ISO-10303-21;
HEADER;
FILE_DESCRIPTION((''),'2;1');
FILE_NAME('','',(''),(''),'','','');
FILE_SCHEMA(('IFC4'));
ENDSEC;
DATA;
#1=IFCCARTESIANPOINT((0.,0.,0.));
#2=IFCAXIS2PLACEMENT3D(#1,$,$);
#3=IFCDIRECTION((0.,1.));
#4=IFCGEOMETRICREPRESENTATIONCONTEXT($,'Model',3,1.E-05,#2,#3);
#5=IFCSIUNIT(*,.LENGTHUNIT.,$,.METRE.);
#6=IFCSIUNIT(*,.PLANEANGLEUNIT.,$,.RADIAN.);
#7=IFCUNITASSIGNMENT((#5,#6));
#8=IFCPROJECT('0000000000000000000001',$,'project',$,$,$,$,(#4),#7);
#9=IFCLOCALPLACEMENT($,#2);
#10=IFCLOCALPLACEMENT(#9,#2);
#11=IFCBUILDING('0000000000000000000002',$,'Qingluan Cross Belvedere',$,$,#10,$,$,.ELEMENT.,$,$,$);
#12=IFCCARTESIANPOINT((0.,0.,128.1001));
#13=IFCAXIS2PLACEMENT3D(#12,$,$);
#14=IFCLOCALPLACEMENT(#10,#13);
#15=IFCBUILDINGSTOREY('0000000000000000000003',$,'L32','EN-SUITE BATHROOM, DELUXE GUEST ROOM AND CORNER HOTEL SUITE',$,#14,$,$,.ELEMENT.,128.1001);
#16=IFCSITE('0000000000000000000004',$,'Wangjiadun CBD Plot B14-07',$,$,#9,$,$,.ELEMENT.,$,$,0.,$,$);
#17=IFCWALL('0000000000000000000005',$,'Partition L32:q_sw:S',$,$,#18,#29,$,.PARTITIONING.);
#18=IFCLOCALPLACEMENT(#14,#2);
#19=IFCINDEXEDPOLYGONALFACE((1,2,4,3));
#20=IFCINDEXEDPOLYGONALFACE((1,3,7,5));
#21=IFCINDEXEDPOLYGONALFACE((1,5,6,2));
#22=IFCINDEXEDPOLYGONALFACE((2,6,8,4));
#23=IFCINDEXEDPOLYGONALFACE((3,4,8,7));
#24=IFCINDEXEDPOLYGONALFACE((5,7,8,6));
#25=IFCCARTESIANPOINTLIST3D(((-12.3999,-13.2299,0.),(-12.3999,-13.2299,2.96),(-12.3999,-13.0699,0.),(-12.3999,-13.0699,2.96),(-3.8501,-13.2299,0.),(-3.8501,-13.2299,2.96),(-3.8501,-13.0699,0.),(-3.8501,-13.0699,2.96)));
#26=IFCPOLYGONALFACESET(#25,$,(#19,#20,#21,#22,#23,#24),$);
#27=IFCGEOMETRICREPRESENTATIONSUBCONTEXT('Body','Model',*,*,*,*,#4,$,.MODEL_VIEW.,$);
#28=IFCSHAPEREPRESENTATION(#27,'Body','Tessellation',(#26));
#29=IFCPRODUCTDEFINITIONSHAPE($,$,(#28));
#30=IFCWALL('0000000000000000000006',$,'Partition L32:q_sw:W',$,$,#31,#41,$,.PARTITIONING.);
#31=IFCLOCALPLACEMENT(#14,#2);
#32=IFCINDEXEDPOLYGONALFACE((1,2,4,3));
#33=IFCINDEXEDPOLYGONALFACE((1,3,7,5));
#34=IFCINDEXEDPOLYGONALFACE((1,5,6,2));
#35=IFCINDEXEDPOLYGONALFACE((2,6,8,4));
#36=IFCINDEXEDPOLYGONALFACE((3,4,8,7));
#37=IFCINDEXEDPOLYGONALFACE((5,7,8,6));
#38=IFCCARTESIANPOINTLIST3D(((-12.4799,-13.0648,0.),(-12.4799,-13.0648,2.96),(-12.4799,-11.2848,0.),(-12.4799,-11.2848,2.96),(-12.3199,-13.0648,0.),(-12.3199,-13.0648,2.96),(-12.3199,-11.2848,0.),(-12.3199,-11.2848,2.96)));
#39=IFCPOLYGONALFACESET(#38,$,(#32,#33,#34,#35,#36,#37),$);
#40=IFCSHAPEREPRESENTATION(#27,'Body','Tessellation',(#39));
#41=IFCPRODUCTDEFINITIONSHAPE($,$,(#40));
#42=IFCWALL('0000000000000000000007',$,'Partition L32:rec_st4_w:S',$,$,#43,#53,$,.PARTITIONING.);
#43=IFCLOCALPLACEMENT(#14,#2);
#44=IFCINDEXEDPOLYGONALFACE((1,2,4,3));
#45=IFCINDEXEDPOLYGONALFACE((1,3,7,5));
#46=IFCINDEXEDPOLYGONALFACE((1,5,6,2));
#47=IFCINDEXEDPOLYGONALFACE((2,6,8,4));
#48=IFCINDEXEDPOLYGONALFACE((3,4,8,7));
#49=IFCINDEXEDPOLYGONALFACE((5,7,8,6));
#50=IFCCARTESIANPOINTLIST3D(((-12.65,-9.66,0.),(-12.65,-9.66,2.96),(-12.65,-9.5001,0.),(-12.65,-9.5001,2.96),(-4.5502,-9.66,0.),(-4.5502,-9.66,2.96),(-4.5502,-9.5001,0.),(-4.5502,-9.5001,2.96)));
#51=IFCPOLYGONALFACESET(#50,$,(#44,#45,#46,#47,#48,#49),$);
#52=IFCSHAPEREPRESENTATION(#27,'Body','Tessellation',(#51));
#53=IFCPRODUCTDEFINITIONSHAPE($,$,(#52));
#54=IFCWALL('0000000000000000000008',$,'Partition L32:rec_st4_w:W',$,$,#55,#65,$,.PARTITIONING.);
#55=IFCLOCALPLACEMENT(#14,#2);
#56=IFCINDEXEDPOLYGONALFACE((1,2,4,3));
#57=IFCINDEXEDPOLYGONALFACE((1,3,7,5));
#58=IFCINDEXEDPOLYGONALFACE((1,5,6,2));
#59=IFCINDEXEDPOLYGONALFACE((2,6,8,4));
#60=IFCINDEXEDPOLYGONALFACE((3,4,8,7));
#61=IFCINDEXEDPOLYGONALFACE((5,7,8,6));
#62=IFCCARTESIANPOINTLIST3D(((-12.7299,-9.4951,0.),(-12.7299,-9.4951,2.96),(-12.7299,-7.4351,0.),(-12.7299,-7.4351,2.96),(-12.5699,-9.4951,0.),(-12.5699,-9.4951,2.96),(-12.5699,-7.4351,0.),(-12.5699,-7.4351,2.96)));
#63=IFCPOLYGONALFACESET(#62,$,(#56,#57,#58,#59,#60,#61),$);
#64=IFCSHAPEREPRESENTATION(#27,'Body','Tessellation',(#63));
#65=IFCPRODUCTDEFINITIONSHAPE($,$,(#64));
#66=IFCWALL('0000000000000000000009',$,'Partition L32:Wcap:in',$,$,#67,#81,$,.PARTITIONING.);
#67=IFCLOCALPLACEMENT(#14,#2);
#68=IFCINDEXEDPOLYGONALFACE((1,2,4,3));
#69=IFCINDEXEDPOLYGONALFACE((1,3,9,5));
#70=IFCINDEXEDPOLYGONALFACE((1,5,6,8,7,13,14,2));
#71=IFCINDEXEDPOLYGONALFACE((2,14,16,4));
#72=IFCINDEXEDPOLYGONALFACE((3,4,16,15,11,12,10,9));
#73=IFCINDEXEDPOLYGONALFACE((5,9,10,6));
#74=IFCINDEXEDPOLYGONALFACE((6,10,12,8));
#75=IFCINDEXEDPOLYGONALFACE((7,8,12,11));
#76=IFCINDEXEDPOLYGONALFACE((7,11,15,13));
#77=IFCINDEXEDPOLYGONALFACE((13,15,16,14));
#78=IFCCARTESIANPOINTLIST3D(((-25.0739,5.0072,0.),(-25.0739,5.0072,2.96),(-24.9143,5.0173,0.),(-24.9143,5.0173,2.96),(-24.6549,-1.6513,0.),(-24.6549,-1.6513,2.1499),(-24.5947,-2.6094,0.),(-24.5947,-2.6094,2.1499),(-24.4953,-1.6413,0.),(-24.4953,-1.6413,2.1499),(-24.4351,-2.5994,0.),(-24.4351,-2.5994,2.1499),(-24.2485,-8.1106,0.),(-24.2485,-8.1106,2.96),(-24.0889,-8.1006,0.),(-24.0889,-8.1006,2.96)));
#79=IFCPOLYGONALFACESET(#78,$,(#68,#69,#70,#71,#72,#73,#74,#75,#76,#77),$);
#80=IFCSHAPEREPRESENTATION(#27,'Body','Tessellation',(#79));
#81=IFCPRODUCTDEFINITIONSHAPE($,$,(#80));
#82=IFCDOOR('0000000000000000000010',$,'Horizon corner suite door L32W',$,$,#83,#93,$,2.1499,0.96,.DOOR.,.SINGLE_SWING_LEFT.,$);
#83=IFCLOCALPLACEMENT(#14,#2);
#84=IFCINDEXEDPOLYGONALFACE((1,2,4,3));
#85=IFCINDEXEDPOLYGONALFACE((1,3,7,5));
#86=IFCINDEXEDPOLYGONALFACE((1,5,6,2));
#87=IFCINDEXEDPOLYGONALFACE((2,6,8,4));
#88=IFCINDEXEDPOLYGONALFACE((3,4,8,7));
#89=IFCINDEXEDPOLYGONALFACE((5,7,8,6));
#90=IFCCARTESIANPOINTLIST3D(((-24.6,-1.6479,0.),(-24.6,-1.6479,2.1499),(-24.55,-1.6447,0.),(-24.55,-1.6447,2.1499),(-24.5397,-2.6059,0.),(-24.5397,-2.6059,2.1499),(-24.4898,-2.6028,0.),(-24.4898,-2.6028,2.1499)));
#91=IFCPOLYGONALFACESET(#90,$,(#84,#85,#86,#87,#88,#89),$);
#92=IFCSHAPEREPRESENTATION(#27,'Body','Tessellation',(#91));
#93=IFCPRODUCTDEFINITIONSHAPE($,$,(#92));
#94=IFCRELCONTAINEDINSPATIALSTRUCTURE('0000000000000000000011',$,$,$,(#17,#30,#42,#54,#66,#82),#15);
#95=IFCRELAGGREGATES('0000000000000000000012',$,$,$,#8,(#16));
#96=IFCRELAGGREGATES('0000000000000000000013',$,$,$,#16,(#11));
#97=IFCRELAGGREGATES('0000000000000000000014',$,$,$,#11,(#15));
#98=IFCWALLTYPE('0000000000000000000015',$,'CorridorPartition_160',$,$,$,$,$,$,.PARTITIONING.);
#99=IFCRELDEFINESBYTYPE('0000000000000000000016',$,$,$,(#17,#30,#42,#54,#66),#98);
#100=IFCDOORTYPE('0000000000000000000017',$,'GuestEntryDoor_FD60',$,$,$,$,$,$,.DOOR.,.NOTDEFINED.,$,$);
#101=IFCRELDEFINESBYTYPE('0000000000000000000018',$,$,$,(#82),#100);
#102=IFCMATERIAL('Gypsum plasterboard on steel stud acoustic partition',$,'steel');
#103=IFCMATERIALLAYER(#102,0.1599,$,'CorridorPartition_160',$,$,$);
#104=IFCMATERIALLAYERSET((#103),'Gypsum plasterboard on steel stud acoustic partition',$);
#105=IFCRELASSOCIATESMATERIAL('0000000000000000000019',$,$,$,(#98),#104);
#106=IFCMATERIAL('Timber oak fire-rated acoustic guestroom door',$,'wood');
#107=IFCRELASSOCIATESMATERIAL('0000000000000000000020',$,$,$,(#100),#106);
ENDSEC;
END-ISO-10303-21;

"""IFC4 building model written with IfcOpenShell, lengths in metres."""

from ifc_helpers import new_model, si_unit, direction, frame, frame_2d, origin, place, context, subcontext, project, spatial, rectangle, extrude, material, layer, layer_set, type_object, element, fill, save


model = new_model("IFC4")

# Units and contexts
model_context = context("Model", 3, precision=1e-05, world=origin(), true_north=direction((0.0, 1.0)))
body_context = subcontext(model_context, "Body", "Model", "MODEL_VIEW")
ifc_project = project(units=[si_unit("LENGTHUNIT", "METRE"), si_unit("PLANEANGLEUNIT", "RADIAN")], contexts=[model_context])

# Site, building, storey
site_placement = place(None, origin())
site = spatial("IfcSite", under=ifc_project, at=site_placement, Name="Wangjiadun CBD Plot B14-07", CompositionType="ELEMENT", RefElevation=0.0)
building_placement = place(site_placement, origin())
building = spatial("IfcBuilding", under=site, at=building_placement, Name="Qingluan Cross Belvedere", CompositionType="ELEMENT")
storey_placement = place(building_placement, frame((0.0, 0.0, 128.1001)))
storey = spatial("IfcBuildingStorey", under=building, at=storey_placement, Name="L32", Description="EN-SUITE BATHROOM, DELUXE GUEST ROOM AND CORNER HOTEL SUITE", CompositionType="ELEMENT", Elevation=128.1001)

# Walls
ifc_material_1 = material(Name="Gypsum plasterboard on steel stud acoustic partition", Category="steel")
ifc_layer_1 = layer(ifc_material_1, 0.1599, Name="CorridorPartition_160")
ifc_layer_set_1 = layer_set([ifc_layer_1], Name="Gypsum plasterboard on steel stud acoustic partition")
wall_type_1 = type_object("IfcWallType", Name="CorridorPartition_160", PredefinedType="PARTITIONING", material=ifc_layer_set_1)
wall_1_placement = place(storey_placement, frame((-12.3999, -13.1499, 0.0), z_axis=(0.0, 0.0, 1.0), x_axis=(1.0, 0.0, 0.0)))
element("IfcWall", 1, at=wall_1_placement, inside=storey, type_object=wall_type_1, Name="Partition L32:q_sw:S", PredefinedType="PARTITIONING", context=body_context, shape_type="SweptSolid", body=[
    extrude(rectangle(XDim=8.5498, YDim=0.1599, at=frame_2d((4.2749, 0.0))), origin(), (0.0, 0.0, 1.0), 2.96),
])
wall_2_placement = place(storey_placement, frame((-12.3999, -13.0649, 0.0), z_axis=(0.0, 0.0, 1.0), x_axis=(0.0, 1.0, 0.0)))
element("IfcWall", 2, at=wall_2_placement, inside=storey, type_object=wall_type_1, Name="Partition L32:q_sw:W", PredefinedType="PARTITIONING", context=body_context, shape_type="SweptSolid", body=[
    extrude(rectangle(XDim=1.78, YDim=0.1599, at=frame_2d((0.8901, 0.0))), origin(), (0.0, 0.0, 1.0), 2.96),
])
wall_3_placement = place(storey_placement, frame((-12.6499, -9.5801, 0.0), z_axis=(0.0, 0.0, 1.0), x_axis=(1.0, 0.0, 0.0)))
element("IfcWall", 3, at=wall_3_placement, inside=storey, type_object=wall_type_1, Name="Partition L32:rec_st4_w:S", PredefinedType="PARTITIONING", context=body_context, shape_type="SweptSolid", body=[
    extrude(rectangle(XDim=8.0999, YDim=0.1599, at=frame_2d((4.0498, 0.0))), origin(), (0.0, 0.0, 1.0), 2.96),
])
wall_4_placement = place(storey_placement, frame((-12.6499, -9.4951, 0.0), z_axis=(0.0, 0.0, 1.0), x_axis=(0.0, 1.0, 0.0)))
element("IfcWall", 4, at=wall_4_placement, inside=storey, type_object=wall_type_1, Name="Partition L32:rec_st4_w:W", PredefinedType="PARTITIONING", context=body_context, shape_type="SweptSolid", body=[
    extrude(rectangle(XDim=2.0601, YDim=0.1599, at=frame_2d((1.03, 0.0))), origin(), (0.0, 0.0, 1.0), 2.96),
])

# Wall, opening, door
wall_5_placement = place(storey_placement, frame((-24.1687, -8.1055, 0.0), z_axis=(0.0, 0.0, 1.0), x_axis=(-0.0628, 0.998026, 0.0)))
wall_5 = element("IfcWall", 5, at=wall_5_placement, inside=storey, type_object=wall_type_1, Name="Partition L32:Wcap:in", PredefinedType="PARTITIONING", context=body_context, shape_type="SweptSolid", body=[
    extrude(rectangle(XDim=13.1438, YDim=0.1599, at=frame_2d((6.5718, 0.0))), origin(), (0.0, 0.0, 1.0), 2.96),
])
opening_1_placement = place(wall_5_placement, frame((5.512, 0.0, 0.0)))
opening_1 = element("IfcOpeningElement", 6, at=opening_1_placement, cuts=wall_5, PredefinedType="OPENING", context=body_context, shape_type="SweptSolid", body=[
    extrude(rectangle(XDim=0.96, YDim=2.1499, at=frame_2d((0.48, 1.075))), frame((0.0, 0.0898, 0.0), z_axis=(0.0, -1.0, 0.0), x_axis=(1.0, 0.0, 0.0)), (0.0, 0.0, 1.0), 0.1799),
])
ifc_material_2 = material(Name="Timber oak fire-rated acoustic guestroom door", Category="wood")
door_type = type_object("IfcDoorType", Name="GuestEntryDoor_FD60", OperationType="NOTDEFINED", PredefinedType="DOOR", material=ifc_material_2)
door_placement = place(opening_1_placement, origin())
door = element("IfcDoor", 7, at=door_placement, inside=storey, type_object=door_type, Name="Horizon corner suite door L32W", OperationType="SINGLE_SWING_LEFT", OverallHeight=2.1499, OverallWidth=0.96, PredefinedType="DOOR", context=body_context, shape_type="SweptSolid", body=[
    extrude(rectangle(XDim=0.96, YDim=2.1499, at=frame_2d((0.48, 1.075))), frame((0.0, 0.0249, 0.0), z_axis=(0.0, -1.0, 0.0), x_axis=(1.0, 0.0, 0.0)), (0.0, 0.0, 1.0), 0.05),
])
fill(opening_1, door)

save(model, "model.ifc")
